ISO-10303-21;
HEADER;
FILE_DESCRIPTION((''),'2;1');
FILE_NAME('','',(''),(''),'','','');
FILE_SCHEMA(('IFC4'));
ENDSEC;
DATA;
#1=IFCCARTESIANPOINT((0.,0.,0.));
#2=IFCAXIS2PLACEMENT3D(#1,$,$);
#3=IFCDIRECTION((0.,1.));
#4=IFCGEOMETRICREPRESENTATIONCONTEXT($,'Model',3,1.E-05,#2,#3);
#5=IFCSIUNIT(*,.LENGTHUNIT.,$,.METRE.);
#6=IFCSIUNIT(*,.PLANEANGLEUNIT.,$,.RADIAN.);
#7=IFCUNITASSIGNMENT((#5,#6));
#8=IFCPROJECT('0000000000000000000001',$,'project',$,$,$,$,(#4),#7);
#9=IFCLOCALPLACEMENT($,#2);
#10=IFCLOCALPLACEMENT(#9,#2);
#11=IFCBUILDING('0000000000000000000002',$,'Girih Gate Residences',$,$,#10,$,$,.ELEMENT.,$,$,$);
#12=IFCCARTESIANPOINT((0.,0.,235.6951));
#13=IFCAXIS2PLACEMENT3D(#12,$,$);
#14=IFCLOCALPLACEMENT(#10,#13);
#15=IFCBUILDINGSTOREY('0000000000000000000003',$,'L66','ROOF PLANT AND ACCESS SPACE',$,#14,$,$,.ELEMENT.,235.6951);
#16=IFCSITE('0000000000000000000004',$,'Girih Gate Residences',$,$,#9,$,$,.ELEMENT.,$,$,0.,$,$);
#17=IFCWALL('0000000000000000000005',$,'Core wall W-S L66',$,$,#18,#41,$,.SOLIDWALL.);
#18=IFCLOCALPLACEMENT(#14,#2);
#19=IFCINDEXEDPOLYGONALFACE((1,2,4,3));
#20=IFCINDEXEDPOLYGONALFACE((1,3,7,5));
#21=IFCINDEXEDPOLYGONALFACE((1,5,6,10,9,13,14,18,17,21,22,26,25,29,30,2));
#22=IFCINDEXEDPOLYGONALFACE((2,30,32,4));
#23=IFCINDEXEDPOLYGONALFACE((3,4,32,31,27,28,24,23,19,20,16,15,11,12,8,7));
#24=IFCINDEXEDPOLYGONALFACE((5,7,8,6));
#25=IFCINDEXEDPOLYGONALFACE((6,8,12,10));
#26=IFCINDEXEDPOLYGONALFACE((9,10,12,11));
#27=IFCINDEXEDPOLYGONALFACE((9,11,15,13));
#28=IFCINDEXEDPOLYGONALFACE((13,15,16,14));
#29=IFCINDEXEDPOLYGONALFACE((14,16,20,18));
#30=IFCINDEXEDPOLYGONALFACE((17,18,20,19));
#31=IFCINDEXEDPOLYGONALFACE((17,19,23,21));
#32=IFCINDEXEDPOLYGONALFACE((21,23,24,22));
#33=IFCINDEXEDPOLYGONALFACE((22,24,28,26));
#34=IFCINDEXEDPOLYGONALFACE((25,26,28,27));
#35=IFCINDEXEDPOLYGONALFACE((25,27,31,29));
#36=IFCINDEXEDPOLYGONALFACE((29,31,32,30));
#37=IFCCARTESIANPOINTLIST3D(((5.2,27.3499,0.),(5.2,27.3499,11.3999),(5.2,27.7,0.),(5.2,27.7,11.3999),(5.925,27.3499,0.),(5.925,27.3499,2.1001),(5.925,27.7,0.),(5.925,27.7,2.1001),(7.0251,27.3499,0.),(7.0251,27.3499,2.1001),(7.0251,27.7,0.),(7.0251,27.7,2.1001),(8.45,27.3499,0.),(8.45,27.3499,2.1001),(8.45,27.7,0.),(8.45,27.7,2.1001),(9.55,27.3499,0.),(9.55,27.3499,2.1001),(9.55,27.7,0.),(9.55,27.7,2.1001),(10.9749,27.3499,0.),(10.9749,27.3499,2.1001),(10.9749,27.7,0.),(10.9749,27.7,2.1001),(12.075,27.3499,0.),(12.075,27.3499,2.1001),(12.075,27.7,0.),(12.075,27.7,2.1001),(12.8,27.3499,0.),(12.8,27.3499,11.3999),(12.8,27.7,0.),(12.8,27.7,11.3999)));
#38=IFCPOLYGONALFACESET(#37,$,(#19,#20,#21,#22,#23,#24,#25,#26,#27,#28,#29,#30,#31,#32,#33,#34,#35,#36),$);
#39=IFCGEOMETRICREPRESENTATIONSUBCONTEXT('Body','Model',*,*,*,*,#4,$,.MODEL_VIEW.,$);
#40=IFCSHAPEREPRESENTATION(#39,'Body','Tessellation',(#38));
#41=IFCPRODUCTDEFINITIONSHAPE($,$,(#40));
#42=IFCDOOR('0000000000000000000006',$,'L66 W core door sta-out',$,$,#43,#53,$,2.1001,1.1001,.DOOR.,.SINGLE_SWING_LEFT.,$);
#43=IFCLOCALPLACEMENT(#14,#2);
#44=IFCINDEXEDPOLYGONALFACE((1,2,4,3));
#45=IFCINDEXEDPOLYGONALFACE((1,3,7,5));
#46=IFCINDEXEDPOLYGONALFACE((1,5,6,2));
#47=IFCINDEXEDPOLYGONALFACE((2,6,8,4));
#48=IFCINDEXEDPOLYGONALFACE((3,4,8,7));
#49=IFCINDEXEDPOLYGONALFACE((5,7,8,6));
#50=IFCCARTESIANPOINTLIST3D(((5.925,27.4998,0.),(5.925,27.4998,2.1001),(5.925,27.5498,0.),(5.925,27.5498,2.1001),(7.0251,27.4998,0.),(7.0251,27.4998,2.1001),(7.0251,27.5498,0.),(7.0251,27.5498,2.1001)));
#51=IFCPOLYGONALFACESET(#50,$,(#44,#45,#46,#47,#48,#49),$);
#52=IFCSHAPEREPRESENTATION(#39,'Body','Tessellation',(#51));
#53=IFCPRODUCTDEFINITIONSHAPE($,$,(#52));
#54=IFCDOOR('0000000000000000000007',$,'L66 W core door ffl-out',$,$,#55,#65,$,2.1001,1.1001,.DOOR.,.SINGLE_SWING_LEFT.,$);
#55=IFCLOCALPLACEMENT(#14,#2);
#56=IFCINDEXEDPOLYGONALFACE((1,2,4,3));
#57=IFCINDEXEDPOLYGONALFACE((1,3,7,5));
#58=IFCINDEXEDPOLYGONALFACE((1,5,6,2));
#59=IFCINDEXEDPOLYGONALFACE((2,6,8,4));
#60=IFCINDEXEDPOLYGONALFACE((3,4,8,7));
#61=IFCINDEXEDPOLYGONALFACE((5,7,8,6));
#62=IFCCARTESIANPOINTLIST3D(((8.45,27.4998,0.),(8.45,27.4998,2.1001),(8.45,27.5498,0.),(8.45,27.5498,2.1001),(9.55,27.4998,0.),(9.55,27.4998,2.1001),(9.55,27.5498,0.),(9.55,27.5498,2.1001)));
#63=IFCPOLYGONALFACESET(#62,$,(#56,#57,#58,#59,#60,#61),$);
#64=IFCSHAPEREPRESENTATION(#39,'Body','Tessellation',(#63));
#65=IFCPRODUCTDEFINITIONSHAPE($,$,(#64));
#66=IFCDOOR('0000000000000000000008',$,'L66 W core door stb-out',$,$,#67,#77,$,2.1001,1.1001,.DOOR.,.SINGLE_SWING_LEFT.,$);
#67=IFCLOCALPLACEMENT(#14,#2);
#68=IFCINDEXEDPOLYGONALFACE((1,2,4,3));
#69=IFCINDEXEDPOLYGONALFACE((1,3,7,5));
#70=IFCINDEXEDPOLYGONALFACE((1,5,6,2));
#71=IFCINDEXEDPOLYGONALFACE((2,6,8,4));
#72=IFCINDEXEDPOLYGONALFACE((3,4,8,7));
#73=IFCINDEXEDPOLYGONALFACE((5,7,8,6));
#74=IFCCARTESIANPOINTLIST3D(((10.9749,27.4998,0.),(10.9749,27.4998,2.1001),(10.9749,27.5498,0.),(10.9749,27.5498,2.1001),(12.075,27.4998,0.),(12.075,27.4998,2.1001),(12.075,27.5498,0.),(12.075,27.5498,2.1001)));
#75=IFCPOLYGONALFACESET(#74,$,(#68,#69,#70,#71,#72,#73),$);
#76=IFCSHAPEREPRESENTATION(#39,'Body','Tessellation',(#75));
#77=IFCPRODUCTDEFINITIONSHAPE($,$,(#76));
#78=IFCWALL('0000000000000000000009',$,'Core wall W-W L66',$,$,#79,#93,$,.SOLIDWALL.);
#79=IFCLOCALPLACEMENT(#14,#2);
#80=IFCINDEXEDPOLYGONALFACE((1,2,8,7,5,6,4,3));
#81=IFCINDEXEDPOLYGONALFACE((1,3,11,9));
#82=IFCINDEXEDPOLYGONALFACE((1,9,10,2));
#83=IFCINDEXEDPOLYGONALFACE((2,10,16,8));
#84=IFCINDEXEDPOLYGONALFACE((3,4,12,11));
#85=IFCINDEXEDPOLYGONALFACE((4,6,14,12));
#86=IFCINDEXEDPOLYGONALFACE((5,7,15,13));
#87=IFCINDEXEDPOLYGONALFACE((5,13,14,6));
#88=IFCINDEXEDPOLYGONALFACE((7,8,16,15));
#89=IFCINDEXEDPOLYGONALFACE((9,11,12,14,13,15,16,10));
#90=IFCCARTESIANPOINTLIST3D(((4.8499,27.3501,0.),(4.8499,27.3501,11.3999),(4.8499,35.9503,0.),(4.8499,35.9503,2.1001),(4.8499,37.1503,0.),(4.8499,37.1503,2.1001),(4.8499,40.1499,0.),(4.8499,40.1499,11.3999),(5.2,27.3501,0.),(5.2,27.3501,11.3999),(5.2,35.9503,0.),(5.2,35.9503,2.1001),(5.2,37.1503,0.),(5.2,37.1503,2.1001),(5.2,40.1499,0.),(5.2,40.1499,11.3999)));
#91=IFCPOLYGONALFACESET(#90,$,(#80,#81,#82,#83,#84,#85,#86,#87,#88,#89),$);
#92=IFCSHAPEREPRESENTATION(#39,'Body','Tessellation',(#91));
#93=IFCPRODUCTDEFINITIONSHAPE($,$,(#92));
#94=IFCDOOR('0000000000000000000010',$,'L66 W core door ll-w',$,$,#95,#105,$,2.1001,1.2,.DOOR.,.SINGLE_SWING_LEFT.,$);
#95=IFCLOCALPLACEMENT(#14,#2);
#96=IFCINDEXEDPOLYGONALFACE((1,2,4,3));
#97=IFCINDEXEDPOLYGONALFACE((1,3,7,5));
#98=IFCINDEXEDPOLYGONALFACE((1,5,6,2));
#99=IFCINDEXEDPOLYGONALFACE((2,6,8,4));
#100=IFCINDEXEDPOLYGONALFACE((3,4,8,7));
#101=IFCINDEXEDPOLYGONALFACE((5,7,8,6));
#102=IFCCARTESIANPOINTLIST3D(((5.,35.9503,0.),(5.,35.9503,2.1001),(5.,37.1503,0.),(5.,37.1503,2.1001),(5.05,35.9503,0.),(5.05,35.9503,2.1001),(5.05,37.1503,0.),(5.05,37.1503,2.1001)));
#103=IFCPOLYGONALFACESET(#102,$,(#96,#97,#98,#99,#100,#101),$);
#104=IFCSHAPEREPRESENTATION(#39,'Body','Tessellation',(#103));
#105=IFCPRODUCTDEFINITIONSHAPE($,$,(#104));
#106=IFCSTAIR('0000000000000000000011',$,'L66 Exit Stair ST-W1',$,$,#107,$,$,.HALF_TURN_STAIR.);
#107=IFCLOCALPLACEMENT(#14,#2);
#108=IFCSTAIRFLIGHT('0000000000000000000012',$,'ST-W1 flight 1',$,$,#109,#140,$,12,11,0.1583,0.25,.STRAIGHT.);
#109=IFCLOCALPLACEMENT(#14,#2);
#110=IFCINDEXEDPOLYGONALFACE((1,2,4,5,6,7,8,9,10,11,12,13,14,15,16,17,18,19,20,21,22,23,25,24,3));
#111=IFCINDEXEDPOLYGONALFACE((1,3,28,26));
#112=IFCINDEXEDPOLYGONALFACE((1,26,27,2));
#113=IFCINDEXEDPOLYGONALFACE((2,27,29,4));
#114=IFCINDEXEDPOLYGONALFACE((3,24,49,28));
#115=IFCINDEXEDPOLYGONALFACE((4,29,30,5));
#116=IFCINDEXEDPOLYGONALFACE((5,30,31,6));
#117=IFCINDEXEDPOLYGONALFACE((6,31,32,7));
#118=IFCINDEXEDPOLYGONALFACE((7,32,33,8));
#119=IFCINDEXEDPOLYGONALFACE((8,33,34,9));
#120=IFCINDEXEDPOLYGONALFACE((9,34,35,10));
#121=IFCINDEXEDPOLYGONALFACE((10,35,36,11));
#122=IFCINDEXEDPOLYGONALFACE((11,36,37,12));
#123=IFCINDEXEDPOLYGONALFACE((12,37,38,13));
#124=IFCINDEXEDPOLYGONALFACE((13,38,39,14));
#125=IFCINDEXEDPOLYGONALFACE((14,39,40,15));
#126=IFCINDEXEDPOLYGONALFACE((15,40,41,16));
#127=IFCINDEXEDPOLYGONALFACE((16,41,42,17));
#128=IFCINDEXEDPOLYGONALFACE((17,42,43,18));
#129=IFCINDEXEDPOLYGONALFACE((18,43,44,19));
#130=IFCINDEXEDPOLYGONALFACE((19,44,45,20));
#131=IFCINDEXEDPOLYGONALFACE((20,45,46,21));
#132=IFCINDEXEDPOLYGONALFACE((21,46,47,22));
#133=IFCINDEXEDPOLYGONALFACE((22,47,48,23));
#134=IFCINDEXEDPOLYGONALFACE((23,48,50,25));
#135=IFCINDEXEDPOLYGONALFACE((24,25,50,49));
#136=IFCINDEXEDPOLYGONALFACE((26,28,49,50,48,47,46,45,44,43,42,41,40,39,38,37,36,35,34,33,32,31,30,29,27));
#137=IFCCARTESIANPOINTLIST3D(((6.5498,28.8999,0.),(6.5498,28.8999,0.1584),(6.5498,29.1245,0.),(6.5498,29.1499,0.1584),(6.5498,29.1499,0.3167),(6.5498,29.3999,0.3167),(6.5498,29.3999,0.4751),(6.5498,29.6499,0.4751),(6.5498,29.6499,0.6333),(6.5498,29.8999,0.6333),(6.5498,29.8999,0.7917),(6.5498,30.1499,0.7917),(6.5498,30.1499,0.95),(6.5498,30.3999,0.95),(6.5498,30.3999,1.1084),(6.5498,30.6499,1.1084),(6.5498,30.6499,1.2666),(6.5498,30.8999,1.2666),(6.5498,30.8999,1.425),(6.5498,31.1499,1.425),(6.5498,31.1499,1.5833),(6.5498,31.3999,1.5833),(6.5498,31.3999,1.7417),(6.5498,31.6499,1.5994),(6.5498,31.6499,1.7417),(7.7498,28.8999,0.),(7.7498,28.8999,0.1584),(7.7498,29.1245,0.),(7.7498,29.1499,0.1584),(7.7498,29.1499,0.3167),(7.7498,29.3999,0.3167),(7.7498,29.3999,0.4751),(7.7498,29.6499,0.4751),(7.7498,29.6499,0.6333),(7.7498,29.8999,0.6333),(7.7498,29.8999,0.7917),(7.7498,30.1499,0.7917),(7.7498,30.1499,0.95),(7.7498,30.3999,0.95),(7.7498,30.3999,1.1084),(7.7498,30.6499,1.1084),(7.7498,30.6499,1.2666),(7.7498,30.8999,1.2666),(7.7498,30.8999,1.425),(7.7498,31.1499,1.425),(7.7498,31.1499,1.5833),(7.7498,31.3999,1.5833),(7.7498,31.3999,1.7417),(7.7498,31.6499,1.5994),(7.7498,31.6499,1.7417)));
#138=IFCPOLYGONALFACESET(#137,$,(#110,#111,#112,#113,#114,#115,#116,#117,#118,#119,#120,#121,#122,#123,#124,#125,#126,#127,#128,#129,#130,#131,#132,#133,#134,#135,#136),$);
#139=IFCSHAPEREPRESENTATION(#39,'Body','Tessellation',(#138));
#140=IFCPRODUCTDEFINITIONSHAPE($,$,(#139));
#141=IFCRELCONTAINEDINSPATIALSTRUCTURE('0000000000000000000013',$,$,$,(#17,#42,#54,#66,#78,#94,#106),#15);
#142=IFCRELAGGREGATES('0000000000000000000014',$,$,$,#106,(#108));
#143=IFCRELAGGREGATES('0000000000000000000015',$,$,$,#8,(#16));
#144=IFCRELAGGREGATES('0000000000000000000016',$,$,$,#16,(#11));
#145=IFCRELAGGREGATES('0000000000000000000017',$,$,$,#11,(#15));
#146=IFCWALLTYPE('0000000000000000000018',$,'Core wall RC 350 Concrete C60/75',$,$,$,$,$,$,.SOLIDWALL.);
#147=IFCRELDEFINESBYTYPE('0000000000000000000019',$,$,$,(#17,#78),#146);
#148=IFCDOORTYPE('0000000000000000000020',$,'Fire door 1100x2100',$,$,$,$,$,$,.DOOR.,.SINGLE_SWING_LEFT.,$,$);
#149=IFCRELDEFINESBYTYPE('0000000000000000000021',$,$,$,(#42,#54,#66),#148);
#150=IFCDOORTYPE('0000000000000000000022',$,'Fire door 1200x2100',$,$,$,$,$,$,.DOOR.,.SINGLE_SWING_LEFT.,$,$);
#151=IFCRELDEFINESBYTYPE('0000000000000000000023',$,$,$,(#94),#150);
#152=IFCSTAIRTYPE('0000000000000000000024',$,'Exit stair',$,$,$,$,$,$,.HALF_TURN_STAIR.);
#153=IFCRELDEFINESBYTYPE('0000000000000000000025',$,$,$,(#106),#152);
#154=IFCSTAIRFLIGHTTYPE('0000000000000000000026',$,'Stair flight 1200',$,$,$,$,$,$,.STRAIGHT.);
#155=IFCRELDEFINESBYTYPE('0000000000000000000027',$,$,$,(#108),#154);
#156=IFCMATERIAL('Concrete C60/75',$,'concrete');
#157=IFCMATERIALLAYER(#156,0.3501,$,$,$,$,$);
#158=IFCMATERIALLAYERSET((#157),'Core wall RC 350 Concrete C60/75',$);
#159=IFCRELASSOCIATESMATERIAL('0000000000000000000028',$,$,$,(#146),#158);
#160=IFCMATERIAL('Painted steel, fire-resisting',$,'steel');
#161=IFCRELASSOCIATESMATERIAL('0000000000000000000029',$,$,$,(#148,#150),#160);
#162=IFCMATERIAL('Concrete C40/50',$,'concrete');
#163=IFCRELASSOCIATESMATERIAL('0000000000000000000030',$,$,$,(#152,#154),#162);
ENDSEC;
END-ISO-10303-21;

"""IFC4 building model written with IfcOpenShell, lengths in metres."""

from ifc_helpers import new_model, si_unit, direction, frame, frame_2d, origin, place, context, subcontext, project, spatial, polyline, rectangle, outline, extrude, material, layer, layer_set, type_object, element, fill, aggregate, save


model = new_model("IFC4")

# Units and contexts
model_context = context("Model", 3, precision=1e-05, world=origin(), true_north=direction((0.0, 1.0)))
body_context = subcontext(model_context, "Body", "Model", "MODEL_VIEW")
ifc_project = project(units=[si_unit("LENGTHUNIT", "METRE"), si_unit("PLANEANGLEUNIT", "RADIAN")], contexts=[model_context])

# Site, building, storey
site_placement = place(None, origin())
site = spatial("IfcSite", under=ifc_project, at=site_placement, Name="Girih Gate Residences", CompositionType="ELEMENT", RefElevation=0.0)
building_placement = place(site_placement, origin())
building = spatial("IfcBuilding", under=site, at=building_placement, Name="Girih Gate Residences", CompositionType="ELEMENT")
storey_placement = place(building_placement, frame((0.0, 0.0, 235.6951)))
storey = spatial("IfcBuildingStorey", under=building, at=storey_placement, Name="L66", Description="ROOF PLANT AND ACCESS SPACE", CompositionType="ELEMENT", Elevation=235.6951)

# Shared definitions
ifc_material_1 = material(Name="Painted steel, fire-resisting", Category="steel")

# Wall, openings, doors
ifc_material_2 = material(Name="Concrete C60/75", Category="concrete")
ifc_layer_1 = layer(ifc_material_2, 0.3501)
ifc_layer_set_1 = layer_set([ifc_layer_1], Name="Core wall RC 350 Concrete C60/75")
wall_type_1 = type_object("IfcWallType", Name="Core wall RC 350 Concrete C60/75", PredefinedType="SOLIDWALL", material=ifc_layer_set_1)
wall_1_placement = place(storey_placement, frame((5.2, 27.5249, 0.0), z_axis=(0.0, 0.0, 1.0), x_axis=(1.0, 0.0, 0.0)))
wall_1 = element("IfcWall", 1, at=wall_1_placement, inside=storey, type_object=wall_type_1, Name="Core wall W-S L66", PredefinedType="SOLIDWALL", context=body_context, shape_type="SweptSolid", body=[
    extrude(rectangle(XDim=7.6001, YDim=0.3501, at=frame_2d((3.8, 0.0))), origin(), (0.0, 0.0, 1.0), 11.3999),
])
opening_1_placement = place(wall_1_placement, frame((0.7251, 0.0, 0.0)))
opening_1 = element("IfcOpeningElement", 2, at=opening_1_placement, cuts=wall_1, PredefinedType="OPENING", context=body_context, shape_type="SweptSolid", body=[
    extrude(rectangle(XDim=1.1001, YDim=2.1001, at=frame_2d((0.55, 1.05))), frame((0.0, 0.1851, 0.0), z_axis=(0.0, -1.0, 0.0), x_axis=(1.0, 0.0, 0.0)), (0.0, 0.0, 1.0), 0.3701),
])
opening_2_placement = place(wall_1_placement, frame((3.25, 0.0, 0.0)))
opening_2 = element("IfcOpeningElement", 3, at=opening_2_placement, cuts=wall_1, PredefinedType="OPENING", context=body_context, shape_type="SweptSolid", body=[
    extrude(rectangle(XDim=1.1001, YDim=2.1001, at=frame_2d((0.55, 1.05))), frame((0.0, 0.1851, 0.0), z_axis=(0.0, -1.0, 0.0), x_axis=(1.0, 0.0, 0.0)), (0.0, 0.0, 1.0), 0.3701),
])
opening_3_placement = place(wall_1_placement, frame((5.7749, 0.0, 0.0)))
opening_3 = element("IfcOpeningElement", 4, at=opening_3_placement, cuts=wall_1, PredefinedType="OPENING", context=body_context, shape_type="SweptSolid", body=[
    extrude(rectangle(XDim=1.1001, YDim=2.1001, at=frame_2d((0.55, 1.05))), frame((0.0, 0.1851, 0.0), z_axis=(0.0, -1.0, 0.0), x_axis=(1.0, 0.0, 0.0)), (0.0, 0.0, 1.0), 0.3701),
])
door_type_1 = type_object("IfcDoorType", Name="Fire door 1100x2100", OperationType="SINGLE_SWING_LEFT", PredefinedType="DOOR", material=ifc_material_1)
door_1_placement = place(opening_1_placement, origin())
door_1 = element("IfcDoor", 5, at=door_1_placement, inside=storey, type_object=door_type_1, Name="L66 W core door sta-out", OperationType="SINGLE_SWING_LEFT", OverallHeight=2.1001, OverallWidth=1.1001, PredefinedType="DOOR", context=body_context, shape_type="SweptSolid", body=[
    extrude(rectangle(XDim=1.1001, YDim=2.1001, at=frame_2d((0.55, 1.05))), frame((0.0, 0.0249, 0.0), z_axis=(0.0, -1.0, 0.0), x_axis=(1.0, 0.0, 0.0)), (0.0, 0.0, 1.0), 0.05),
])
fill(opening_1, door_1)
door_2_placement = place(opening_2_placement, origin())
door_2 = element("IfcDoor", 6, at=door_2_placement, inside=storey, type_object=door_type_1, Name="L66 W core door ffl-out", OperationType="SINGLE_SWING_LEFT", OverallHeight=2.1001, OverallWidth=1.1001, PredefinedType="DOOR", context=body_context, shape_type="SweptSolid", body=[
    extrude(rectangle(XDim=1.1001, YDim=2.1001, at=frame_2d((0.55, 1.05))), frame((0.0, 0.0249, 0.0), z_axis=(0.0, -1.0, 0.0), x_axis=(1.0, 0.0, 0.0)), (0.0, 0.0, 1.0), 0.05),
])
fill(opening_2, door_2)
door_3_placement = place(opening_3_placement, origin())
door_3 = element("IfcDoor", 7, at=door_3_placement, inside=storey, type_object=door_type_1, Name="L66 W core door stb-out", OperationType="SINGLE_SWING_LEFT", OverallHeight=2.1001, OverallWidth=1.1001, PredefinedType="DOOR", context=body_context, shape_type="SweptSolid", body=[
    extrude(rectangle(XDim=1.1001, YDim=2.1001, at=frame_2d((0.55, 1.05))), frame((0.0, 0.0249, 0.0), z_axis=(0.0, -1.0, 0.0), x_axis=(1.0, 0.0, 0.0)), (0.0, 0.0, 1.0), 0.05),
])
fill(opening_3, door_3)

# Wall, opening, door
wall_2_placement = place(storey_placement, frame((5.0249, 27.3501, 0.0), z_axis=(0.0, 0.0, 1.0), x_axis=(0.0, 1.0, 0.0)))
wall_2 = element("IfcWall", 8, at=wall_2_placement, inside=storey, type_object=wall_type_1, Name="Core wall W-W L66", PredefinedType="SOLIDWALL", context=body_context, shape_type="SweptSolid", body=[
    extrude(rectangle(XDim=12.7998, YDim=0.3501, at=frame_2d((6.3999, 0.0))), origin(), (0.0, 0.0, 1.0), 11.3999),
])
opening_4_placement = place(wall_2_placement, frame((8.6001, 0.0, 0.0)))
opening_4 = element("IfcOpeningElement", 9, at=opening_4_placement, cuts=wall_2, PredefinedType="OPENING", context=body_context, shape_type="SweptSolid", body=[
    extrude(rectangle(XDim=1.2, YDim=2.1001, at=frame_2d((0.6001, 1.05))), frame((0.0, 0.1851, 0.0), z_axis=(0.0, -1.0, 0.0), x_axis=(1.0, 0.0, 0.0)), (0.0, 0.0, 1.0), 0.3701),
])
door_type_2 = type_object("IfcDoorType", Name="Fire door 1200x2100", OperationType="SINGLE_SWING_LEFT", PredefinedType="DOOR", material=ifc_material_1)
door_4_placement = place(opening_4_placement, origin())
door_4 = element("IfcDoor", 10, at=door_4_placement, inside=storey, type_object=door_type_2, Name="L66 W core door ll-w", OperationType="SINGLE_SWING_LEFT", OverallHeight=2.1001, OverallWidth=1.2, PredefinedType="DOOR", context=body_context, shape_type="SweptSolid", body=[
    extrude(rectangle(XDim=1.2, YDim=2.1001, at=frame_2d((0.6001, 1.05))), frame((0.0, 0.0249, 0.0), z_axis=(0.0, -1.0, 0.0), x_axis=(1.0, 0.0, 0.0)), (0.0, 0.0, 1.0), 0.05),
])
fill(opening_4, door_4)

# Stair, stair flight
ifc_material_3 = material(Name="Concrete C40/50", Category="concrete")
stair_type = type_object("IfcStairType", Name="Exit stair", PredefinedType="HALF_TURN_STAIR", material=ifc_material_3)
stair_placement = place(storey_placement, origin())
stair = element("IfcStair", 11, at=stair_placement, inside=storey, type_object=stair_type, Name="L66 Exit Stair ST-W1", PredefinedType="HALF_TURN_STAIR")
stair_flight_type = type_object("IfcStairFlightType", Name="Stair flight 1200", PredefinedType="STRAIGHT", material=ifc_material_3)
stair_flight_1_placement = place(storey_placement, frame((7.1499, 28.8999, 0.0), z_axis=(0.0, 0.0, 1.0), x_axis=(0.0, 1.0, 0.0)))
stair_flight_1 = element("IfcStairFlight", 12, at=stair_flight_1_placement, type_object=stair_flight_type, Name="ST-W1 flight 1", NumberOfRisers=12, NumberOfTreads=11, PredefinedType="STRAIGHT", RiserHeight=0.1583, TreadLength=0.25, context=body_context, shape_type="SweptSolid", body=[
    extrude(outline(polyline([(0.0, 0.0), (0.0, 0.1584), (0.25, 0.1584), (0.25, 0.3167), (0.5, 0.3167), (0.5, 0.4751), (0.75, 0.4751), (0.75, 0.6333), (1.0, 0.6333), (1.0, 0.7917), (1.25, 0.7917), (1.25, 0.95), (1.5, 0.95), (1.5, 1.1084), (1.75, 1.1084), (1.75, 1.2666), (2.0, 1.2666), (2.0, 1.425), (2.25, 1.425), (2.25, 1.5833), (2.5, 1.5833), (2.5, 1.7417), (2.75, 1.7417), (2.75, 1.8999), (2.75, 1.5994), (0.2246, 0.0), (0.0, 0.0)])), frame((0.0, 0.6001, 0.0), z_axis=(0.0, -1.0, 0.0), x_axis=(1.0, 0.0, 0.0)), (0.0, 0.0, 1.0), 1.2),
])
aggregate(stair, [stair_flight_1])

save(model, "model.ifc")
